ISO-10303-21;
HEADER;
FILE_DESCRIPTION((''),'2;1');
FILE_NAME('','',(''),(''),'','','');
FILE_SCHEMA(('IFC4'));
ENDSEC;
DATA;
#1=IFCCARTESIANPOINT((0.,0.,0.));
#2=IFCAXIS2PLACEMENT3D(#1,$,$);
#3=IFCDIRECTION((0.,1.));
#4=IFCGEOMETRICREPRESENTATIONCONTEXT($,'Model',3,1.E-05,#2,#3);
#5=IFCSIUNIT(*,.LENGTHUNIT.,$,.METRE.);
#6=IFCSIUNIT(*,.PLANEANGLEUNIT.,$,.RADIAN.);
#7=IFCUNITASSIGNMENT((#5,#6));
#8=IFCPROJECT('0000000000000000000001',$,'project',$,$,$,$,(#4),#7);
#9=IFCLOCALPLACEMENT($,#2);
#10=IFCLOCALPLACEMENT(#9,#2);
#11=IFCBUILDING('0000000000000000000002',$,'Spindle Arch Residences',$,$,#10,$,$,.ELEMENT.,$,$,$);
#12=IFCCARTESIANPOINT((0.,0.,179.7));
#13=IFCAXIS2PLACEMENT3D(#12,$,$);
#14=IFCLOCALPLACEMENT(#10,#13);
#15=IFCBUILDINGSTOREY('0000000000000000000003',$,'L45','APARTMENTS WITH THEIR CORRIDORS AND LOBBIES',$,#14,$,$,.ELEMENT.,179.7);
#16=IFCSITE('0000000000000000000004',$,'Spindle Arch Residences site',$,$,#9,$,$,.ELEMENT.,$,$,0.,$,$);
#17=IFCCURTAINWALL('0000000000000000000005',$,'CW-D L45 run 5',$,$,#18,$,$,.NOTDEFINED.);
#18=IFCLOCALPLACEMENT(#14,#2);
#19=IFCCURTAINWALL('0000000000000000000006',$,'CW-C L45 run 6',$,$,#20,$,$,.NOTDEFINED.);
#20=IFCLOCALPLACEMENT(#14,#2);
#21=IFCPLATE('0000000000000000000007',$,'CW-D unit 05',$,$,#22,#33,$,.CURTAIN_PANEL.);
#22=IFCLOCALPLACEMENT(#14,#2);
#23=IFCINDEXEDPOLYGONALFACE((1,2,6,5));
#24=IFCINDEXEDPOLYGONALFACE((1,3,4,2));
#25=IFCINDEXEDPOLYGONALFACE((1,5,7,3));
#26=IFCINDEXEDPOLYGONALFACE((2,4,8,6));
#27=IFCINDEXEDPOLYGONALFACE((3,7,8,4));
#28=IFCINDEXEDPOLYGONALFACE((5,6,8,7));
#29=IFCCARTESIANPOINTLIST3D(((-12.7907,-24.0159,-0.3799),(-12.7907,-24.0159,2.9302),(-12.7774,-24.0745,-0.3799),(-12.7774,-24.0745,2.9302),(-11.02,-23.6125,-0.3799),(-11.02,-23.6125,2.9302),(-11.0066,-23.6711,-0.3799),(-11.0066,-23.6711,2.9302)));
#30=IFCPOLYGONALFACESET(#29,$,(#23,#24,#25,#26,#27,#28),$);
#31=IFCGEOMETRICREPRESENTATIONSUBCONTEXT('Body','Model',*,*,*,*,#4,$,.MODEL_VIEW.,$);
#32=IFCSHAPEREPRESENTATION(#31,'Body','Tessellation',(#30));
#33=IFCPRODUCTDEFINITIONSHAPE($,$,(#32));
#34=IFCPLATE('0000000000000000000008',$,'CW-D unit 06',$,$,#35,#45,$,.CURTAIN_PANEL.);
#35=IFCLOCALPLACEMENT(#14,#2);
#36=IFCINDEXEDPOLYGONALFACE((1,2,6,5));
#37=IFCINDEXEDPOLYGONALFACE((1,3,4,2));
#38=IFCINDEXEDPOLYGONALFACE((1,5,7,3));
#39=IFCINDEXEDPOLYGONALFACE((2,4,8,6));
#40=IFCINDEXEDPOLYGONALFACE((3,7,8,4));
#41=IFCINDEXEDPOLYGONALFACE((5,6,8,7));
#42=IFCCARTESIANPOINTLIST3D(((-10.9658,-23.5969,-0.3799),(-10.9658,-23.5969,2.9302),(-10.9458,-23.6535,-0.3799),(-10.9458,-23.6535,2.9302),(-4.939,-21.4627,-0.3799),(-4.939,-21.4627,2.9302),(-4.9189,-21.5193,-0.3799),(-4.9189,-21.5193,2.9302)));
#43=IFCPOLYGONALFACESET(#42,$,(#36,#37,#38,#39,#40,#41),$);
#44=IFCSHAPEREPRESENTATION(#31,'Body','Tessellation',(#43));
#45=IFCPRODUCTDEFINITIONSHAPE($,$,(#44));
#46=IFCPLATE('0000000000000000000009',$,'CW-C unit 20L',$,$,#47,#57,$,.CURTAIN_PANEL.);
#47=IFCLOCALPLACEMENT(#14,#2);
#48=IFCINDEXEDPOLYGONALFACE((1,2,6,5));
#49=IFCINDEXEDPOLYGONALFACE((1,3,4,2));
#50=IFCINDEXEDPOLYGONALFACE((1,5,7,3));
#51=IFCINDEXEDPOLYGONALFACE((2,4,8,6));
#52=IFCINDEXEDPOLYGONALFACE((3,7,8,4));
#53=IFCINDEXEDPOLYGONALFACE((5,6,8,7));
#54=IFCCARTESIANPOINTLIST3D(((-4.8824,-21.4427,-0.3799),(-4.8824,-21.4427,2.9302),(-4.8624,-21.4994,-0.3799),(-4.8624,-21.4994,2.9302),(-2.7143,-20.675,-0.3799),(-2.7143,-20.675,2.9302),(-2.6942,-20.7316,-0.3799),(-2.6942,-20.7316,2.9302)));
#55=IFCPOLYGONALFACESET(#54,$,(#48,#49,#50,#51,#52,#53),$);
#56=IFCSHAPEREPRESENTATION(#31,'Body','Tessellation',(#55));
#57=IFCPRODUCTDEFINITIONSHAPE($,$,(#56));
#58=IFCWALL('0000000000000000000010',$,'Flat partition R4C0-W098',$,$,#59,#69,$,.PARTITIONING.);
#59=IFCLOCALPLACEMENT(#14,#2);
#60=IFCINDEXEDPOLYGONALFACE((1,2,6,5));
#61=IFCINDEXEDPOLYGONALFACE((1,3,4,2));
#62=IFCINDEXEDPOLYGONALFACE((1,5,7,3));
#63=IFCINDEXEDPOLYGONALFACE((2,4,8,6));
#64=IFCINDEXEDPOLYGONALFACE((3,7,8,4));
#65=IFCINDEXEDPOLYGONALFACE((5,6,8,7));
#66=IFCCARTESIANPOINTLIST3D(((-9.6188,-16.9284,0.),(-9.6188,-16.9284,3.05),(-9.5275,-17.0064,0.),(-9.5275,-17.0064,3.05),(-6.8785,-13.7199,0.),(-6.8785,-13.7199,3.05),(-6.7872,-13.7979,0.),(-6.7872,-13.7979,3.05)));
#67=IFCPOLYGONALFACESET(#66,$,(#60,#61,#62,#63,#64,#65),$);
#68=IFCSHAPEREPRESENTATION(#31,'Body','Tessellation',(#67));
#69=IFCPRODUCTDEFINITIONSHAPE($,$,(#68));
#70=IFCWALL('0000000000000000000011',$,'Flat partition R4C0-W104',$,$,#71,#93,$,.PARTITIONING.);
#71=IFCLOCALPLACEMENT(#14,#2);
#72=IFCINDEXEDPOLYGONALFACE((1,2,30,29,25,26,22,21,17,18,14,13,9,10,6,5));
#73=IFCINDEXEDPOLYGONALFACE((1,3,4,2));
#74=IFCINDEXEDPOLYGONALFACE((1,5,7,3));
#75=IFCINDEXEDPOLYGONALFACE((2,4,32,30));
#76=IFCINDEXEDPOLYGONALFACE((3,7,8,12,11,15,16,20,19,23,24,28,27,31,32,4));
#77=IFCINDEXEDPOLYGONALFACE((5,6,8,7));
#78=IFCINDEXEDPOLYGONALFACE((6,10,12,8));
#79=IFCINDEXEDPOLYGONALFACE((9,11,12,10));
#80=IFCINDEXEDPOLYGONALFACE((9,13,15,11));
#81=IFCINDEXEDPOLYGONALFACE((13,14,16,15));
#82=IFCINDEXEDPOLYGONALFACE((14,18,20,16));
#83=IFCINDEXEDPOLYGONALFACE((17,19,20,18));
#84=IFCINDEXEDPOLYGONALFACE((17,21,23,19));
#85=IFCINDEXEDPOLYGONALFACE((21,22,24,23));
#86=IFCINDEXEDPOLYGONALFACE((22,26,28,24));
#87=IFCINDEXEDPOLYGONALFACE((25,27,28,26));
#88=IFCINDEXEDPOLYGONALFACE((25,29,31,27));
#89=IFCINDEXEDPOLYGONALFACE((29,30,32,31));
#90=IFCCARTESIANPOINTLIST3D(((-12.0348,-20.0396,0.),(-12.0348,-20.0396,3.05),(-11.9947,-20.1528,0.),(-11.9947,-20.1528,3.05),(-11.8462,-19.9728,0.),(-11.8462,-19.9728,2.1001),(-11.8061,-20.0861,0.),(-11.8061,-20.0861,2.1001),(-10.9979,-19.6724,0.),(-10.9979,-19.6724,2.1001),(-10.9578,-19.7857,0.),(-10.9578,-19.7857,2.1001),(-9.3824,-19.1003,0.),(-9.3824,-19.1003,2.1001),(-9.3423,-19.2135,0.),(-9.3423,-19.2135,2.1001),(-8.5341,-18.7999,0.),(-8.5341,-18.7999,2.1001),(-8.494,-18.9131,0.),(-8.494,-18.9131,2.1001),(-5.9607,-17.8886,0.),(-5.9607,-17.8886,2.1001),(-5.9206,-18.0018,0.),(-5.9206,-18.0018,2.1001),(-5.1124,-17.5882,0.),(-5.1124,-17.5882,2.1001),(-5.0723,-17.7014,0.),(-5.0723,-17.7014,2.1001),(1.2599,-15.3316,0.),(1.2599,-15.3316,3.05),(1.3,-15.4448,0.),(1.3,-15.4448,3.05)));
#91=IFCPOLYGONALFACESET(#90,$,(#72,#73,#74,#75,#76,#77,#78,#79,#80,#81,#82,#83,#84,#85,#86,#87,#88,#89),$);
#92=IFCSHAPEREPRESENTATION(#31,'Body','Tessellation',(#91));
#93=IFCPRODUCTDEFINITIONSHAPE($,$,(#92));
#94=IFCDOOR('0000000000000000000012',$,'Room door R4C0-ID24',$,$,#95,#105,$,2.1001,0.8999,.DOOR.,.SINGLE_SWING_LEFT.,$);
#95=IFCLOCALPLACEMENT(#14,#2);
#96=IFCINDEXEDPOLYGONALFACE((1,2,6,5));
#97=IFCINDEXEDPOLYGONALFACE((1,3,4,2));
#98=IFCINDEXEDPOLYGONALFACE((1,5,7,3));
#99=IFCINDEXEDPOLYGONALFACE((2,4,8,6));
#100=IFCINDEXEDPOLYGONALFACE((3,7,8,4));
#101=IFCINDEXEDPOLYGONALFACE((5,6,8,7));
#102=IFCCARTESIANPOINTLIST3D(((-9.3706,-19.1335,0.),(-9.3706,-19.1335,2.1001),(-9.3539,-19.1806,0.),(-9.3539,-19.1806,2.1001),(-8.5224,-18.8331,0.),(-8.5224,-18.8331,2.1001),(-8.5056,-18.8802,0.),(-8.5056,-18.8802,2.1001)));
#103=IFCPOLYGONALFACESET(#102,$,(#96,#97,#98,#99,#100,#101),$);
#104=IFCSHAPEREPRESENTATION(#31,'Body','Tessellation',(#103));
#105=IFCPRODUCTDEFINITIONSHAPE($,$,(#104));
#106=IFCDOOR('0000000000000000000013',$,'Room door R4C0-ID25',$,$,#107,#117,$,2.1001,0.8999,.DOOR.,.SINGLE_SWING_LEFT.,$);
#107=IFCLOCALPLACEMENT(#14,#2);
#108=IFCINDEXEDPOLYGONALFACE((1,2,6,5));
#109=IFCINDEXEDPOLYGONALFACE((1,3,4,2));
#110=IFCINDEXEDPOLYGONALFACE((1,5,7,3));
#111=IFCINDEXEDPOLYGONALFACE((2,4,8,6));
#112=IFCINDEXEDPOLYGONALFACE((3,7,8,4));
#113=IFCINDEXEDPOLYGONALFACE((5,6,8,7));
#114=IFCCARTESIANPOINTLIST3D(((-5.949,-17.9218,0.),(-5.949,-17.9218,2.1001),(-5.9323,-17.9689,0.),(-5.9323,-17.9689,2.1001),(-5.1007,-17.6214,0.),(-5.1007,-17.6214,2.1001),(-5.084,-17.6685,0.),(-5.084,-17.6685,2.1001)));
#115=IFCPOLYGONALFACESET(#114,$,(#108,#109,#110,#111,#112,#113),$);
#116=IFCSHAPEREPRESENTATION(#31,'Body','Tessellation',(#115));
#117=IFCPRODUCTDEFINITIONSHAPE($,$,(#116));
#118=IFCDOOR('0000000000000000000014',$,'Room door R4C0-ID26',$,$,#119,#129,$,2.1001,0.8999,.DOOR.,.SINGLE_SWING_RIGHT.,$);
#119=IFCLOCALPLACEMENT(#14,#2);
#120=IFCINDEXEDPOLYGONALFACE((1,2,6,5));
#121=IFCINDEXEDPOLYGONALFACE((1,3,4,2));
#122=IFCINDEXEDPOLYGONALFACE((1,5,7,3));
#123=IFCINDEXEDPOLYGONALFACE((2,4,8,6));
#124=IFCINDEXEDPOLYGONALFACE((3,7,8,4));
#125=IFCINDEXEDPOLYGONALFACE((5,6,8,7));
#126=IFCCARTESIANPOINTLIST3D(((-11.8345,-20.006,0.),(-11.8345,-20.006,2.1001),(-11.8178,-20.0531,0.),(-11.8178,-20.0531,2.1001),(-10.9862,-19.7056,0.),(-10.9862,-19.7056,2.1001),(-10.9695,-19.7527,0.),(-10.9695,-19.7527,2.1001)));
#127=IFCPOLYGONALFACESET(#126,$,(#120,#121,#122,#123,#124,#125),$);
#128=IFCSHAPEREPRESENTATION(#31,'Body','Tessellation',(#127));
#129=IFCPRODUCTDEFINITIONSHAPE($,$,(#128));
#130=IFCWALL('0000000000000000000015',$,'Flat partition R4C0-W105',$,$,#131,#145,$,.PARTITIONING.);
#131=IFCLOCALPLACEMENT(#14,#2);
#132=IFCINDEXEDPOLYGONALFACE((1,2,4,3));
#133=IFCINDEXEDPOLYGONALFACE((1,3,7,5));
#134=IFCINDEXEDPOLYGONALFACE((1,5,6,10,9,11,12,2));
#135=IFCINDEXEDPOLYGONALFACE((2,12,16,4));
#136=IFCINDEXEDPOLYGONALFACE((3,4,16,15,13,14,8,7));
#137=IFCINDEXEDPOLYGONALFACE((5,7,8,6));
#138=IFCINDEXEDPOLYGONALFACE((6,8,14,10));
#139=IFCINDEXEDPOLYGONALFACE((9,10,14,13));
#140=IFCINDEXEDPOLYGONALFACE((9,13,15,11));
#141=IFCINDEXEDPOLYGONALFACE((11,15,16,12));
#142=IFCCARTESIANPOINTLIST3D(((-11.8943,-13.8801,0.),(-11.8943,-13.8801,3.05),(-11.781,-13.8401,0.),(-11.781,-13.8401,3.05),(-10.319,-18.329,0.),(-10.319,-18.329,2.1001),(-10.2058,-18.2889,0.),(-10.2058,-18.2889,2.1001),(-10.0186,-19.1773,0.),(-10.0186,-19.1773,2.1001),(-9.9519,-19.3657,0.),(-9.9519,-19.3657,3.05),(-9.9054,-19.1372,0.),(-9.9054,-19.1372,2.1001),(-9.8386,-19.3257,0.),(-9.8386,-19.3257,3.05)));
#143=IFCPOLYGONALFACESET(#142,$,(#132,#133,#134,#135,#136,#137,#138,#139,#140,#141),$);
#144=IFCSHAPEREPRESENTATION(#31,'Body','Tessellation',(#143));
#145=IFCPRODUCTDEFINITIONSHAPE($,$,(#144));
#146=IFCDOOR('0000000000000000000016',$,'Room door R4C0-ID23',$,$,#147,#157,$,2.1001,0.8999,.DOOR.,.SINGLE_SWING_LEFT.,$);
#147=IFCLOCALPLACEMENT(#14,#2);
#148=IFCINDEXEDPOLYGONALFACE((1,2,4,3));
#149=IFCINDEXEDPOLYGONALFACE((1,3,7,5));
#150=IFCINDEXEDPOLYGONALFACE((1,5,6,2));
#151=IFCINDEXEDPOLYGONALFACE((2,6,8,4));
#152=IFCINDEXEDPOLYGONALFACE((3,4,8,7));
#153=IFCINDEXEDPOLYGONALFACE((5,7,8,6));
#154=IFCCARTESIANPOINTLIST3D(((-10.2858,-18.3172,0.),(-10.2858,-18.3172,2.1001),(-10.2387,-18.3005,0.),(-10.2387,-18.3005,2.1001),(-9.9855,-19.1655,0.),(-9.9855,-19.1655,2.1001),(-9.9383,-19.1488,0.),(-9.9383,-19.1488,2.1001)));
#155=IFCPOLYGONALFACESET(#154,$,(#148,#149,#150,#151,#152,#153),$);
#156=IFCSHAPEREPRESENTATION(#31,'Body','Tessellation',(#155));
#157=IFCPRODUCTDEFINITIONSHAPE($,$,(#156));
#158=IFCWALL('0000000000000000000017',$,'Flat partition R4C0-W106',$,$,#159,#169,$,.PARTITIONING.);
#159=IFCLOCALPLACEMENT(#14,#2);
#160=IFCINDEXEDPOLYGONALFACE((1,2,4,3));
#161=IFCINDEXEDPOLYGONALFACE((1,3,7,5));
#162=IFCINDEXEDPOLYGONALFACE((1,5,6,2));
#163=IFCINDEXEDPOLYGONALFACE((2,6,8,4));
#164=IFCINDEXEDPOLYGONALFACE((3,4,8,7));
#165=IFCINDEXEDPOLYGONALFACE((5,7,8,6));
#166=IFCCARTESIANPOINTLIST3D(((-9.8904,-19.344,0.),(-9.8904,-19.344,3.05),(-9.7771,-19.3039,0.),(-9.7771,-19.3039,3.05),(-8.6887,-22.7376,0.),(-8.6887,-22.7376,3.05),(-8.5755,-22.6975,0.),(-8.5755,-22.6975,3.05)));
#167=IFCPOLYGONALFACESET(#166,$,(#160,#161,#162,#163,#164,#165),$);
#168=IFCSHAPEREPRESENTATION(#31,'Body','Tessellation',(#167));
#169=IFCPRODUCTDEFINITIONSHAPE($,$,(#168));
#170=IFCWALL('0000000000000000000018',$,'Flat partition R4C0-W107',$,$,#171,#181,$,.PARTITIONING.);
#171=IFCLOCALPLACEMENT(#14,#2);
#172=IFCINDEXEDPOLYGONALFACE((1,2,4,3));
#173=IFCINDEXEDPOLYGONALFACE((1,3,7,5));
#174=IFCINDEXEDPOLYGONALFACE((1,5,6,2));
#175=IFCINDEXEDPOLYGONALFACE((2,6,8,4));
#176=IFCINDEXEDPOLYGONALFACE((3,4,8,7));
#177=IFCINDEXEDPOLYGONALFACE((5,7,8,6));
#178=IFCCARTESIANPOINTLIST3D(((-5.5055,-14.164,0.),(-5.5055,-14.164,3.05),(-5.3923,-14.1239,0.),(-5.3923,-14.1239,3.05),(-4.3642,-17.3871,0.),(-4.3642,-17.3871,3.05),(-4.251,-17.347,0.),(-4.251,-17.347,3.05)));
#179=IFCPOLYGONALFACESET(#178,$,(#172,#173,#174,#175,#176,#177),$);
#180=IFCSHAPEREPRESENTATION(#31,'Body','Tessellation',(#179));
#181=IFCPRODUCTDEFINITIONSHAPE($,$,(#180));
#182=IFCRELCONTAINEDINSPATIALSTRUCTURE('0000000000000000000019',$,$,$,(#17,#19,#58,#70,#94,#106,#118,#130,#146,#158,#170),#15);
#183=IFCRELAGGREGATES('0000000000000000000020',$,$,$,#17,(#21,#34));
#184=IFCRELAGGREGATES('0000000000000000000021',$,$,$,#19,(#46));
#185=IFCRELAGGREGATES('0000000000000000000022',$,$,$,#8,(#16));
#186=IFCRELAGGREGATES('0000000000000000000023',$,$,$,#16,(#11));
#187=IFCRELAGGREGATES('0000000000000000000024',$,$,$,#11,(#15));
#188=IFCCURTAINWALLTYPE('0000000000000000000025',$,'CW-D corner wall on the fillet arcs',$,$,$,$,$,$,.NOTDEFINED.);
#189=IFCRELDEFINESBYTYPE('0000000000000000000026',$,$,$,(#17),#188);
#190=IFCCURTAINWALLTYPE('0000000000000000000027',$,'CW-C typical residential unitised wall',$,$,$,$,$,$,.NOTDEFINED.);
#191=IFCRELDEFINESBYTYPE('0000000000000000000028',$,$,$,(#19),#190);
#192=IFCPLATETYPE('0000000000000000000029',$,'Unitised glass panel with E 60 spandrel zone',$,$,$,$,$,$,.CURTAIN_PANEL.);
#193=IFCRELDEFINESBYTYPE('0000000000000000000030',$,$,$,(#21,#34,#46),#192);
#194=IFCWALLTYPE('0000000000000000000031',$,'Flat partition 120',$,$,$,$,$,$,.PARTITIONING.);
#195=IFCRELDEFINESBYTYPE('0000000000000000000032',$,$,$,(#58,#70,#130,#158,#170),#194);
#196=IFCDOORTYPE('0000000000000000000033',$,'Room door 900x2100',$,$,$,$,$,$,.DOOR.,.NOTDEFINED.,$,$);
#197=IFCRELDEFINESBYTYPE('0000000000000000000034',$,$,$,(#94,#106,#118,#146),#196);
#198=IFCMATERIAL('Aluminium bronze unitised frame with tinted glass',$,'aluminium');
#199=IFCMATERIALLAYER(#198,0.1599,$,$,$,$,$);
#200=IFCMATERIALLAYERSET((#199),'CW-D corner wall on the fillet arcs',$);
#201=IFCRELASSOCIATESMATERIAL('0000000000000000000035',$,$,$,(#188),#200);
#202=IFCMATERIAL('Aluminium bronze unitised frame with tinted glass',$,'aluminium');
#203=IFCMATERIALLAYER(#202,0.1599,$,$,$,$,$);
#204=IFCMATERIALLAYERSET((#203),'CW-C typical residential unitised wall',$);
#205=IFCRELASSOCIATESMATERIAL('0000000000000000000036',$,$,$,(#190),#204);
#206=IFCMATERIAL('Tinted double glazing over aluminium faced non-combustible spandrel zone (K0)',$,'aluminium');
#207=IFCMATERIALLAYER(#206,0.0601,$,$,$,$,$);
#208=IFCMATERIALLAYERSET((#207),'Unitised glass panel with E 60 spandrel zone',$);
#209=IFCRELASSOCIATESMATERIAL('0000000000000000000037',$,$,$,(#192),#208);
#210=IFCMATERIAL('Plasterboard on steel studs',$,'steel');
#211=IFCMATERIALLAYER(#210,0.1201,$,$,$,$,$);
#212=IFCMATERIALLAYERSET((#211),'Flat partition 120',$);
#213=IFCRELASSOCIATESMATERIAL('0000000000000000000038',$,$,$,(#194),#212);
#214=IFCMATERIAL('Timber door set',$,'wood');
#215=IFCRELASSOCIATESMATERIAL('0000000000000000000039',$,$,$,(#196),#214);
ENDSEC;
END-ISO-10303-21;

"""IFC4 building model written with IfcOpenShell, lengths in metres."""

from ifc_helpers import new_model, si_unit, direction, frame, frame_2d, origin, origin_2d, place, context, subcontext, project, spatial, rectangle, extrude, material, layer, layer_set, type_object, element, fill, aggregate, save


model = new_model("IFC4")

# Units and contexts
model_context = context("Model", 3, precision=1e-05, world=origin(), true_north=direction((0.0, 1.0)))
body_context = subcontext(model_context, "Body", "Model", "MODEL_VIEW")
ifc_project = project(units=[si_unit("LENGTHUNIT", "METRE"), si_unit("PLANEANGLEUNIT", "RADIAN")], contexts=[model_context])

# Site, building, storey
site_placement = place(None, origin())
site = spatial("IfcSite", under=ifc_project, at=site_placement, Name="Spindle Arch Residences site", CompositionType="ELEMENT", RefElevation=0.0)
building_placement = place(site_placement, origin())
building = spatial("IfcBuilding", under=site, at=building_placement, Name="Spindle Arch Residences", CompositionType="ELEMENT")
storey_placement = place(building_placement, frame((0.0, 0.0, 179.7)))
storey = spatial("IfcBuildingStorey", under=building, at=storey_placement, Name="L45", Description="APARTMENTS WITH THEIR CORRIDORS AND LOBBIES", CompositionType="ELEMENT", Elevation=179.7)

# Curtain wall
ifc_material_1 = material(Name="Aluminium bronze unitised frame with tinted glass", Category="aluminium")
ifc_layer_1 = layer(ifc_material_1, 0.1599)
ifc_layer_set_1 = layer_set([ifc_layer_1], Name="CW-D corner wall on the fillet arcs")
curtain_wall_type_1 = type_object("IfcCurtainWallType", Name="CW-D corner wall on the fillet arcs", PredefinedType="NOTDEFINED", material=ifc_layer_set_1)
curtain_wall_1_placement = place(storey_placement, origin())
curtain_wall_1 = element("IfcCurtainWall", 1, at=curtain_wall_1_placement, inside=storey, type_object=curtain_wall_type_1, Name="CW-D L45 run 5", PredefinedType="NOTDEFINED")

# Curtain wall
ifc_material_2 = material(Name="Aluminium bronze unitised frame with tinted glass", Category="aluminium")
ifc_layer_2 = layer(ifc_material_2, 0.1599)
ifc_layer_set_2 = layer_set([ifc_layer_2], Name="CW-C typical residential unitised wall")
curtain_wall_type_2 = type_object("IfcCurtainWallType", Name="CW-C typical residential unitised wall", PredefinedType="NOTDEFINED", material=ifc_layer_set_2)
curtain_wall_2_placement = place(storey_placement, origin())
curtain_wall_2 = element("IfcCurtainWall", 2, at=curtain_wall_2_placement, inside=storey, type_object=curtain_wall_type_2, Name="CW-C L45 run 6", PredefinedType="NOTDEFINED")

# Plates
ifc_material_3 = material(Name="Tinted double glazing over aluminium faced non-combustible spandrel zone (K0)", Category="aluminium")
ifc_layer_3 = layer(ifc_material_3, 0.0601)
ifc_layer_set_3 = layer_set([ifc_layer_3], Name="Unitised glass panel with E 60 spandrel zone")
plate_type = type_object("IfcPlateType", Name="Unitised glass panel with E 60 spandrel zone", PredefinedType="CURTAIN_PANEL", material=ifc_layer_set_3)
plate_1_placement = place(storey_placement, frame((-11.8987, -23.8435, -0.3799), z_axis=(0.0, 0.0, 1.0), x_axis=(0.97502, 0.222116, 0.0)))
plate_1 = element("IfcPlate", 3, at=plate_1_placement, type_object=plate_type, Name="CW-D unit 05", PredefinedType="CURTAIN_PANEL", context=body_context, shape_type="SweptSolid", body=[
    extrude(rectangle(XDim=1.8162, YDim=0.0601, at=origin_2d()), origin(), (0.0, 0.0, 1.0), 3.3101),
])
plate_2_placement = place(storey_placement, frame((-7.9424, -22.5581, -0.3799), z_axis=(0.0, 0.0, 1.0), x_axis=(0.942641, 0.333807, 0.0)))
plate_2 = element("IfcPlate", 4, at=plate_2_placement, type_object=plate_type, Name="CW-D unit 06", PredefinedType="CURTAIN_PANEL", context=body_context, shape_type="SweptSolid", body=[
    extrude(rectangle(XDim=6.3936, YDim=0.0601, at=origin_2d()), origin(), (0.0, 0.0, 1.0), 3.3101),
])
aggregate(curtain_wall_1, [plate_1, plate_2])
plate_3_placement = place(storey_placement, frame((-3.7883, -21.0872, -0.3799), z_axis=(0.0, 0.0, 1.0), x_axis=(0.942641, 0.333807, 0.0)))
plate_3 = element("IfcPlate", 5, at=plate_3_placement, type_object=plate_type, Name="CW-C unit 20L", PredefinedType="CURTAIN_PANEL", context=body_context, shape_type="SweptSolid", body=[
    extrude(rectangle(XDim=2.3, YDim=0.0601, at=origin_2d()), origin(), (0.0, 0.0, 1.0), 3.3101),
])
aggregate(curtain_wall_2, [plate_3])

# Wall
ifc_material_4 = material(Name="Plasterboard on steel studs", Category="steel")
ifc_layer_4 = layer(ifc_material_4, 0.1201)
ifc_layer_set_4 = layer_set([ifc_layer_4], Name="Flat partition 120")
wall_type_1 = type_object("IfcWallType", Name="Flat partition 120", PredefinedType="PARTITIONING", material=ifc_layer_set_4)
wall_1_placement = place(storey_placement, frame((-9.5732, -16.9675, 0.0), z_axis=(0.0, 0.0, 1.0), x_axis=(0.649437, 0.760415, 0.0)))
element("IfcWall", 6, at=wall_1_placement, inside=storey, type_object=wall_type_1, Name="Flat partition R4C0-W098", PredefinedType="PARTITIONING", context=body_context, shape_type="SweptSolid", body=[
    extrude(rectangle(XDim=4.2195, YDim=0.1201, at=frame_2d((2.1099, 0.0))), origin(), (0.0, 0.0, 1.0), 3.05),
])

# Wall, openings, doors
wall_2_placement = place(storey_placement, frame((-12.0146, -20.0962, 0.0), z_axis=(0.0, 0.0, 1.0), x_axis=(0.942639, 0.333814, 0.0)))
wall_2 = element("IfcWall", 7, at=wall_2_placement, inside=storey, type_object=wall_type_1, Name="Flat partition R4C0-W104", PredefinedType="PARTITIONING", context=body_context, shape_type="SweptSolid", body=[
    extrude(rectangle(XDim=14.1038, YDim=0.1201, at=frame_2d((7.0518, 0.0))), origin(), (0.0, 0.0, 1.0), 3.05),
])
opening_1_placement = place(wall_2_placement, frame((2.8137, 0.0, 0.0)))
opening_1 = element("IfcOpeningElement", 8, at=opening_1_placement, cuts=wall_2, PredefinedType="OPENING", context=body_context, shape_type="SweptSolid", body=[
    extrude(rectangle(XDim=0.8999, YDim=2.1001, at=frame_2d((0.45, 1.05))), frame((0.0, 0.0701, 0.0), z_axis=(0.0, -1.0, 0.0), x_axis=(1.0, 0.0, 0.0)), (0.0, 0.0, 1.0), 0.1401),
])
opening_2_placement = place(wall_2_placement, frame((6.4436, 0.0, 0.0)))
opening_2 = element("IfcOpeningElement", 9, at=opening_2_placement, cuts=wall_2, PredefinedType="OPENING", context=body_context, shape_type="SweptSolid", body=[
    extrude(rectangle(XDim=0.8999, YDim=2.1001, at=frame_2d((0.45, 1.05))), frame((0.0, 0.0701, 0.0), z_axis=(0.0, -1.0, 0.0), x_axis=(1.0, 0.0, 0.0)), (0.0, 0.0, 1.0), 0.1401),
])
opening_3_placement = place(wall_2_placement, frame((0.2, 0.0, 0.0)))
opening_3 = element("IfcOpeningElement", 10, at=opening_3_placement, cuts=wall_2, PredefinedType="OPENING", context=body_context, shape_type="SweptSolid", body=[
    extrude(rectangle(XDim=0.8999, YDim=2.1001, at=frame_2d((0.45, 1.05))), frame((0.0, 0.0701, 0.0), z_axis=(0.0, -1.0, 0.0), x_axis=(1.0, 0.0, 0.0)), (0.0, 0.0, 1.0), 0.1401),
])
ifc_material_5 = material(Name="Timber door set", Category="wood")
door_type_1 = type_object("IfcDoorType", Name="Room door 900x2100", OperationType="NOTDEFINED", PredefinedType="DOOR", material=ifc_material_5)
door_1_placement = place(opening_1_placement, origin())
door_1 = element("IfcDoor", 11, at=door_1_placement, inside=storey, type_object=door_type_1, Name="Room door R4C0-ID24", OperationType="SINGLE_SWING_LEFT", OverallHeight=2.1001, OverallWidth=0.8999, PredefinedType="DOOR", context=body_context, shape_type="SweptSolid", body=[
    extrude(rectangle(XDim=0.8999, YDim=2.1001, at=frame_2d((0.45, 1.05))), frame((0.0, 0.0249, 0.0), z_axis=(0.0, -1.0, 0.0), x_axis=(1.0, 0.0, 0.0)), (0.0, 0.0, 1.0), 0.05),
])
fill(opening_1, door_1)
door_2_placement = place(opening_2_placement, origin())
door_2 = element("IfcDoor", 12, at=door_2_placement, inside=storey, type_object=door_type_1, Name="Room door R4C0-ID25", OperationType="SINGLE_SWING_LEFT", OverallHeight=2.1001, OverallWidth=0.8999, PredefinedType="DOOR", context=body_context, shape_type="SweptSolid", body=[
    extrude(rectangle(XDim=0.8999, YDim=2.1001, at=frame_2d((0.45, 1.05))), frame((0.0, 0.0249, 0.0), z_axis=(0.0, -1.0, 0.0), x_axis=(1.0, 0.0, 0.0)), (0.0, 0.0, 1.0), 0.05),
])
fill(opening_2, door_2)
door_3_placement = place(opening_3_placement, origin())
door_3 = element("IfcDoor", 13, at=door_3_placement, inside=storey, type_object=door_type_1, Name="Room door R4C0-ID26", OperationType="SINGLE_SWING_RIGHT", OverallHeight=2.1001, OverallWidth=0.8999, PredefinedType="DOOR", context=body_context, shape_type="SweptSolid", body=[
    extrude(rectangle(XDim=0.8999, YDim=2.1001, at=frame_2d((0.45, 1.05))), frame((0.0, 0.0249, 0.0), z_axis=(0.0, -1.0, 0.0), x_axis=(1.0, 0.0, 0.0)), (0.0, 0.0, 1.0), 0.05),
])
fill(opening_3, door_3)

# Wall, opening, door
wall_3_placement = place(storey_placement, frame((-9.8953, -19.3457, 0.0), z_axis=(0.0, 0.0, 1.0), x_axis=(-0.333781, 0.942651, 0.0)))
wall_3 = element("IfcWall", 14, at=wall_3_placement, inside=storey, type_object=wall_type_1, Name="Flat partition R4C0-W105", PredefinedType="PARTITIONING", context=body_context, shape_type="SweptSolid", body=[
    extrude(rectangle(XDim=5.8193, YDim=0.1201, at=frame_2d((2.9097, 0.0))), origin(), (0.0, 0.0, 1.0), 3.05),
])
opening_4_placement = place(wall_3_placement, frame((0.2, 0.0, 0.0)))
opening_4 = element("IfcOpeningElement", 15, at=opening_4_placement, cuts=wall_3, PredefinedType="OPENING", context=body_context, shape_type="SweptSolid", body=[
    extrude(rectangle(XDim=0.8999, YDim=2.1001, at=frame_2d((0.45, 1.05))), frame((0.0, 0.0701, 0.0), z_axis=(0.0, -1.0, 0.0), x_axis=(1.0, 0.0, 0.0)), (0.0, 0.0, 1.0), 0.1401),
])
door_4_placement = place(opening_4_placement, origin())
door_4 = element("IfcDoor", 16, at=door_4_placement, inside=storey, type_object=door_type_1, Name="Room door R4C0-ID23", OperationType="SINGLE_SWING_LEFT", OverallHeight=2.1001, OverallWidth=0.8999, PredefinedType="DOOR", context=body_context, shape_type="SweptSolid", body=[
    extrude(rectangle(XDim=0.8999, YDim=2.1001, at=frame_2d((0.45, 1.05))), frame((0.0, 0.0249, 0.0), z_axis=(0.0, -1.0, 0.0), x_axis=(1.0, 0.0, 0.0)), (0.0, 0.0, 1.0), 0.05),
])
fill(opening_4, door_4)

# Walls
wall_4_placement = place(storey_placement, frame((-8.6321, -22.7175, 0.0), z_axis=(0.0, 0.0, 1.0), x_axis=(-0.333792, 0.942647, 0.0)))
element("IfcWall", 17, at=wall_4_placement, inside=storey, type_object=wall_type_1, Name="Flat partition R4C0-W106", PredefinedType="PARTITIONING", context=body_context, shape_type="SweptSolid", body=[
    extrude(rectangle(XDim=3.6001, YDim=0.1201, at=frame_2d((1.8, 0.0))), origin(), (0.0, 0.0, 1.0), 3.05),
])
wall_5_placement = place(storey_placement, frame((-4.3076, -17.3669, 0.0), z_axis=(0.0, 0.0, 1.0), x_axis=(-0.333802, 0.942643, 0.0)))
element("IfcWall", 18, at=wall_5_placement, inside=storey, type_object=wall_type_1, Name="Flat partition R4C0-W107", PredefinedType="PARTITIONING", context=body_context, shape_type="SweptSolid", body=[
    extrude(rectangle(XDim=3.4192, YDim=0.1201, at=frame_2d((1.7095, 0.0))), origin(), (0.0, 0.0, 1.0), 3.05),
])

save(model, "model.ifc")
